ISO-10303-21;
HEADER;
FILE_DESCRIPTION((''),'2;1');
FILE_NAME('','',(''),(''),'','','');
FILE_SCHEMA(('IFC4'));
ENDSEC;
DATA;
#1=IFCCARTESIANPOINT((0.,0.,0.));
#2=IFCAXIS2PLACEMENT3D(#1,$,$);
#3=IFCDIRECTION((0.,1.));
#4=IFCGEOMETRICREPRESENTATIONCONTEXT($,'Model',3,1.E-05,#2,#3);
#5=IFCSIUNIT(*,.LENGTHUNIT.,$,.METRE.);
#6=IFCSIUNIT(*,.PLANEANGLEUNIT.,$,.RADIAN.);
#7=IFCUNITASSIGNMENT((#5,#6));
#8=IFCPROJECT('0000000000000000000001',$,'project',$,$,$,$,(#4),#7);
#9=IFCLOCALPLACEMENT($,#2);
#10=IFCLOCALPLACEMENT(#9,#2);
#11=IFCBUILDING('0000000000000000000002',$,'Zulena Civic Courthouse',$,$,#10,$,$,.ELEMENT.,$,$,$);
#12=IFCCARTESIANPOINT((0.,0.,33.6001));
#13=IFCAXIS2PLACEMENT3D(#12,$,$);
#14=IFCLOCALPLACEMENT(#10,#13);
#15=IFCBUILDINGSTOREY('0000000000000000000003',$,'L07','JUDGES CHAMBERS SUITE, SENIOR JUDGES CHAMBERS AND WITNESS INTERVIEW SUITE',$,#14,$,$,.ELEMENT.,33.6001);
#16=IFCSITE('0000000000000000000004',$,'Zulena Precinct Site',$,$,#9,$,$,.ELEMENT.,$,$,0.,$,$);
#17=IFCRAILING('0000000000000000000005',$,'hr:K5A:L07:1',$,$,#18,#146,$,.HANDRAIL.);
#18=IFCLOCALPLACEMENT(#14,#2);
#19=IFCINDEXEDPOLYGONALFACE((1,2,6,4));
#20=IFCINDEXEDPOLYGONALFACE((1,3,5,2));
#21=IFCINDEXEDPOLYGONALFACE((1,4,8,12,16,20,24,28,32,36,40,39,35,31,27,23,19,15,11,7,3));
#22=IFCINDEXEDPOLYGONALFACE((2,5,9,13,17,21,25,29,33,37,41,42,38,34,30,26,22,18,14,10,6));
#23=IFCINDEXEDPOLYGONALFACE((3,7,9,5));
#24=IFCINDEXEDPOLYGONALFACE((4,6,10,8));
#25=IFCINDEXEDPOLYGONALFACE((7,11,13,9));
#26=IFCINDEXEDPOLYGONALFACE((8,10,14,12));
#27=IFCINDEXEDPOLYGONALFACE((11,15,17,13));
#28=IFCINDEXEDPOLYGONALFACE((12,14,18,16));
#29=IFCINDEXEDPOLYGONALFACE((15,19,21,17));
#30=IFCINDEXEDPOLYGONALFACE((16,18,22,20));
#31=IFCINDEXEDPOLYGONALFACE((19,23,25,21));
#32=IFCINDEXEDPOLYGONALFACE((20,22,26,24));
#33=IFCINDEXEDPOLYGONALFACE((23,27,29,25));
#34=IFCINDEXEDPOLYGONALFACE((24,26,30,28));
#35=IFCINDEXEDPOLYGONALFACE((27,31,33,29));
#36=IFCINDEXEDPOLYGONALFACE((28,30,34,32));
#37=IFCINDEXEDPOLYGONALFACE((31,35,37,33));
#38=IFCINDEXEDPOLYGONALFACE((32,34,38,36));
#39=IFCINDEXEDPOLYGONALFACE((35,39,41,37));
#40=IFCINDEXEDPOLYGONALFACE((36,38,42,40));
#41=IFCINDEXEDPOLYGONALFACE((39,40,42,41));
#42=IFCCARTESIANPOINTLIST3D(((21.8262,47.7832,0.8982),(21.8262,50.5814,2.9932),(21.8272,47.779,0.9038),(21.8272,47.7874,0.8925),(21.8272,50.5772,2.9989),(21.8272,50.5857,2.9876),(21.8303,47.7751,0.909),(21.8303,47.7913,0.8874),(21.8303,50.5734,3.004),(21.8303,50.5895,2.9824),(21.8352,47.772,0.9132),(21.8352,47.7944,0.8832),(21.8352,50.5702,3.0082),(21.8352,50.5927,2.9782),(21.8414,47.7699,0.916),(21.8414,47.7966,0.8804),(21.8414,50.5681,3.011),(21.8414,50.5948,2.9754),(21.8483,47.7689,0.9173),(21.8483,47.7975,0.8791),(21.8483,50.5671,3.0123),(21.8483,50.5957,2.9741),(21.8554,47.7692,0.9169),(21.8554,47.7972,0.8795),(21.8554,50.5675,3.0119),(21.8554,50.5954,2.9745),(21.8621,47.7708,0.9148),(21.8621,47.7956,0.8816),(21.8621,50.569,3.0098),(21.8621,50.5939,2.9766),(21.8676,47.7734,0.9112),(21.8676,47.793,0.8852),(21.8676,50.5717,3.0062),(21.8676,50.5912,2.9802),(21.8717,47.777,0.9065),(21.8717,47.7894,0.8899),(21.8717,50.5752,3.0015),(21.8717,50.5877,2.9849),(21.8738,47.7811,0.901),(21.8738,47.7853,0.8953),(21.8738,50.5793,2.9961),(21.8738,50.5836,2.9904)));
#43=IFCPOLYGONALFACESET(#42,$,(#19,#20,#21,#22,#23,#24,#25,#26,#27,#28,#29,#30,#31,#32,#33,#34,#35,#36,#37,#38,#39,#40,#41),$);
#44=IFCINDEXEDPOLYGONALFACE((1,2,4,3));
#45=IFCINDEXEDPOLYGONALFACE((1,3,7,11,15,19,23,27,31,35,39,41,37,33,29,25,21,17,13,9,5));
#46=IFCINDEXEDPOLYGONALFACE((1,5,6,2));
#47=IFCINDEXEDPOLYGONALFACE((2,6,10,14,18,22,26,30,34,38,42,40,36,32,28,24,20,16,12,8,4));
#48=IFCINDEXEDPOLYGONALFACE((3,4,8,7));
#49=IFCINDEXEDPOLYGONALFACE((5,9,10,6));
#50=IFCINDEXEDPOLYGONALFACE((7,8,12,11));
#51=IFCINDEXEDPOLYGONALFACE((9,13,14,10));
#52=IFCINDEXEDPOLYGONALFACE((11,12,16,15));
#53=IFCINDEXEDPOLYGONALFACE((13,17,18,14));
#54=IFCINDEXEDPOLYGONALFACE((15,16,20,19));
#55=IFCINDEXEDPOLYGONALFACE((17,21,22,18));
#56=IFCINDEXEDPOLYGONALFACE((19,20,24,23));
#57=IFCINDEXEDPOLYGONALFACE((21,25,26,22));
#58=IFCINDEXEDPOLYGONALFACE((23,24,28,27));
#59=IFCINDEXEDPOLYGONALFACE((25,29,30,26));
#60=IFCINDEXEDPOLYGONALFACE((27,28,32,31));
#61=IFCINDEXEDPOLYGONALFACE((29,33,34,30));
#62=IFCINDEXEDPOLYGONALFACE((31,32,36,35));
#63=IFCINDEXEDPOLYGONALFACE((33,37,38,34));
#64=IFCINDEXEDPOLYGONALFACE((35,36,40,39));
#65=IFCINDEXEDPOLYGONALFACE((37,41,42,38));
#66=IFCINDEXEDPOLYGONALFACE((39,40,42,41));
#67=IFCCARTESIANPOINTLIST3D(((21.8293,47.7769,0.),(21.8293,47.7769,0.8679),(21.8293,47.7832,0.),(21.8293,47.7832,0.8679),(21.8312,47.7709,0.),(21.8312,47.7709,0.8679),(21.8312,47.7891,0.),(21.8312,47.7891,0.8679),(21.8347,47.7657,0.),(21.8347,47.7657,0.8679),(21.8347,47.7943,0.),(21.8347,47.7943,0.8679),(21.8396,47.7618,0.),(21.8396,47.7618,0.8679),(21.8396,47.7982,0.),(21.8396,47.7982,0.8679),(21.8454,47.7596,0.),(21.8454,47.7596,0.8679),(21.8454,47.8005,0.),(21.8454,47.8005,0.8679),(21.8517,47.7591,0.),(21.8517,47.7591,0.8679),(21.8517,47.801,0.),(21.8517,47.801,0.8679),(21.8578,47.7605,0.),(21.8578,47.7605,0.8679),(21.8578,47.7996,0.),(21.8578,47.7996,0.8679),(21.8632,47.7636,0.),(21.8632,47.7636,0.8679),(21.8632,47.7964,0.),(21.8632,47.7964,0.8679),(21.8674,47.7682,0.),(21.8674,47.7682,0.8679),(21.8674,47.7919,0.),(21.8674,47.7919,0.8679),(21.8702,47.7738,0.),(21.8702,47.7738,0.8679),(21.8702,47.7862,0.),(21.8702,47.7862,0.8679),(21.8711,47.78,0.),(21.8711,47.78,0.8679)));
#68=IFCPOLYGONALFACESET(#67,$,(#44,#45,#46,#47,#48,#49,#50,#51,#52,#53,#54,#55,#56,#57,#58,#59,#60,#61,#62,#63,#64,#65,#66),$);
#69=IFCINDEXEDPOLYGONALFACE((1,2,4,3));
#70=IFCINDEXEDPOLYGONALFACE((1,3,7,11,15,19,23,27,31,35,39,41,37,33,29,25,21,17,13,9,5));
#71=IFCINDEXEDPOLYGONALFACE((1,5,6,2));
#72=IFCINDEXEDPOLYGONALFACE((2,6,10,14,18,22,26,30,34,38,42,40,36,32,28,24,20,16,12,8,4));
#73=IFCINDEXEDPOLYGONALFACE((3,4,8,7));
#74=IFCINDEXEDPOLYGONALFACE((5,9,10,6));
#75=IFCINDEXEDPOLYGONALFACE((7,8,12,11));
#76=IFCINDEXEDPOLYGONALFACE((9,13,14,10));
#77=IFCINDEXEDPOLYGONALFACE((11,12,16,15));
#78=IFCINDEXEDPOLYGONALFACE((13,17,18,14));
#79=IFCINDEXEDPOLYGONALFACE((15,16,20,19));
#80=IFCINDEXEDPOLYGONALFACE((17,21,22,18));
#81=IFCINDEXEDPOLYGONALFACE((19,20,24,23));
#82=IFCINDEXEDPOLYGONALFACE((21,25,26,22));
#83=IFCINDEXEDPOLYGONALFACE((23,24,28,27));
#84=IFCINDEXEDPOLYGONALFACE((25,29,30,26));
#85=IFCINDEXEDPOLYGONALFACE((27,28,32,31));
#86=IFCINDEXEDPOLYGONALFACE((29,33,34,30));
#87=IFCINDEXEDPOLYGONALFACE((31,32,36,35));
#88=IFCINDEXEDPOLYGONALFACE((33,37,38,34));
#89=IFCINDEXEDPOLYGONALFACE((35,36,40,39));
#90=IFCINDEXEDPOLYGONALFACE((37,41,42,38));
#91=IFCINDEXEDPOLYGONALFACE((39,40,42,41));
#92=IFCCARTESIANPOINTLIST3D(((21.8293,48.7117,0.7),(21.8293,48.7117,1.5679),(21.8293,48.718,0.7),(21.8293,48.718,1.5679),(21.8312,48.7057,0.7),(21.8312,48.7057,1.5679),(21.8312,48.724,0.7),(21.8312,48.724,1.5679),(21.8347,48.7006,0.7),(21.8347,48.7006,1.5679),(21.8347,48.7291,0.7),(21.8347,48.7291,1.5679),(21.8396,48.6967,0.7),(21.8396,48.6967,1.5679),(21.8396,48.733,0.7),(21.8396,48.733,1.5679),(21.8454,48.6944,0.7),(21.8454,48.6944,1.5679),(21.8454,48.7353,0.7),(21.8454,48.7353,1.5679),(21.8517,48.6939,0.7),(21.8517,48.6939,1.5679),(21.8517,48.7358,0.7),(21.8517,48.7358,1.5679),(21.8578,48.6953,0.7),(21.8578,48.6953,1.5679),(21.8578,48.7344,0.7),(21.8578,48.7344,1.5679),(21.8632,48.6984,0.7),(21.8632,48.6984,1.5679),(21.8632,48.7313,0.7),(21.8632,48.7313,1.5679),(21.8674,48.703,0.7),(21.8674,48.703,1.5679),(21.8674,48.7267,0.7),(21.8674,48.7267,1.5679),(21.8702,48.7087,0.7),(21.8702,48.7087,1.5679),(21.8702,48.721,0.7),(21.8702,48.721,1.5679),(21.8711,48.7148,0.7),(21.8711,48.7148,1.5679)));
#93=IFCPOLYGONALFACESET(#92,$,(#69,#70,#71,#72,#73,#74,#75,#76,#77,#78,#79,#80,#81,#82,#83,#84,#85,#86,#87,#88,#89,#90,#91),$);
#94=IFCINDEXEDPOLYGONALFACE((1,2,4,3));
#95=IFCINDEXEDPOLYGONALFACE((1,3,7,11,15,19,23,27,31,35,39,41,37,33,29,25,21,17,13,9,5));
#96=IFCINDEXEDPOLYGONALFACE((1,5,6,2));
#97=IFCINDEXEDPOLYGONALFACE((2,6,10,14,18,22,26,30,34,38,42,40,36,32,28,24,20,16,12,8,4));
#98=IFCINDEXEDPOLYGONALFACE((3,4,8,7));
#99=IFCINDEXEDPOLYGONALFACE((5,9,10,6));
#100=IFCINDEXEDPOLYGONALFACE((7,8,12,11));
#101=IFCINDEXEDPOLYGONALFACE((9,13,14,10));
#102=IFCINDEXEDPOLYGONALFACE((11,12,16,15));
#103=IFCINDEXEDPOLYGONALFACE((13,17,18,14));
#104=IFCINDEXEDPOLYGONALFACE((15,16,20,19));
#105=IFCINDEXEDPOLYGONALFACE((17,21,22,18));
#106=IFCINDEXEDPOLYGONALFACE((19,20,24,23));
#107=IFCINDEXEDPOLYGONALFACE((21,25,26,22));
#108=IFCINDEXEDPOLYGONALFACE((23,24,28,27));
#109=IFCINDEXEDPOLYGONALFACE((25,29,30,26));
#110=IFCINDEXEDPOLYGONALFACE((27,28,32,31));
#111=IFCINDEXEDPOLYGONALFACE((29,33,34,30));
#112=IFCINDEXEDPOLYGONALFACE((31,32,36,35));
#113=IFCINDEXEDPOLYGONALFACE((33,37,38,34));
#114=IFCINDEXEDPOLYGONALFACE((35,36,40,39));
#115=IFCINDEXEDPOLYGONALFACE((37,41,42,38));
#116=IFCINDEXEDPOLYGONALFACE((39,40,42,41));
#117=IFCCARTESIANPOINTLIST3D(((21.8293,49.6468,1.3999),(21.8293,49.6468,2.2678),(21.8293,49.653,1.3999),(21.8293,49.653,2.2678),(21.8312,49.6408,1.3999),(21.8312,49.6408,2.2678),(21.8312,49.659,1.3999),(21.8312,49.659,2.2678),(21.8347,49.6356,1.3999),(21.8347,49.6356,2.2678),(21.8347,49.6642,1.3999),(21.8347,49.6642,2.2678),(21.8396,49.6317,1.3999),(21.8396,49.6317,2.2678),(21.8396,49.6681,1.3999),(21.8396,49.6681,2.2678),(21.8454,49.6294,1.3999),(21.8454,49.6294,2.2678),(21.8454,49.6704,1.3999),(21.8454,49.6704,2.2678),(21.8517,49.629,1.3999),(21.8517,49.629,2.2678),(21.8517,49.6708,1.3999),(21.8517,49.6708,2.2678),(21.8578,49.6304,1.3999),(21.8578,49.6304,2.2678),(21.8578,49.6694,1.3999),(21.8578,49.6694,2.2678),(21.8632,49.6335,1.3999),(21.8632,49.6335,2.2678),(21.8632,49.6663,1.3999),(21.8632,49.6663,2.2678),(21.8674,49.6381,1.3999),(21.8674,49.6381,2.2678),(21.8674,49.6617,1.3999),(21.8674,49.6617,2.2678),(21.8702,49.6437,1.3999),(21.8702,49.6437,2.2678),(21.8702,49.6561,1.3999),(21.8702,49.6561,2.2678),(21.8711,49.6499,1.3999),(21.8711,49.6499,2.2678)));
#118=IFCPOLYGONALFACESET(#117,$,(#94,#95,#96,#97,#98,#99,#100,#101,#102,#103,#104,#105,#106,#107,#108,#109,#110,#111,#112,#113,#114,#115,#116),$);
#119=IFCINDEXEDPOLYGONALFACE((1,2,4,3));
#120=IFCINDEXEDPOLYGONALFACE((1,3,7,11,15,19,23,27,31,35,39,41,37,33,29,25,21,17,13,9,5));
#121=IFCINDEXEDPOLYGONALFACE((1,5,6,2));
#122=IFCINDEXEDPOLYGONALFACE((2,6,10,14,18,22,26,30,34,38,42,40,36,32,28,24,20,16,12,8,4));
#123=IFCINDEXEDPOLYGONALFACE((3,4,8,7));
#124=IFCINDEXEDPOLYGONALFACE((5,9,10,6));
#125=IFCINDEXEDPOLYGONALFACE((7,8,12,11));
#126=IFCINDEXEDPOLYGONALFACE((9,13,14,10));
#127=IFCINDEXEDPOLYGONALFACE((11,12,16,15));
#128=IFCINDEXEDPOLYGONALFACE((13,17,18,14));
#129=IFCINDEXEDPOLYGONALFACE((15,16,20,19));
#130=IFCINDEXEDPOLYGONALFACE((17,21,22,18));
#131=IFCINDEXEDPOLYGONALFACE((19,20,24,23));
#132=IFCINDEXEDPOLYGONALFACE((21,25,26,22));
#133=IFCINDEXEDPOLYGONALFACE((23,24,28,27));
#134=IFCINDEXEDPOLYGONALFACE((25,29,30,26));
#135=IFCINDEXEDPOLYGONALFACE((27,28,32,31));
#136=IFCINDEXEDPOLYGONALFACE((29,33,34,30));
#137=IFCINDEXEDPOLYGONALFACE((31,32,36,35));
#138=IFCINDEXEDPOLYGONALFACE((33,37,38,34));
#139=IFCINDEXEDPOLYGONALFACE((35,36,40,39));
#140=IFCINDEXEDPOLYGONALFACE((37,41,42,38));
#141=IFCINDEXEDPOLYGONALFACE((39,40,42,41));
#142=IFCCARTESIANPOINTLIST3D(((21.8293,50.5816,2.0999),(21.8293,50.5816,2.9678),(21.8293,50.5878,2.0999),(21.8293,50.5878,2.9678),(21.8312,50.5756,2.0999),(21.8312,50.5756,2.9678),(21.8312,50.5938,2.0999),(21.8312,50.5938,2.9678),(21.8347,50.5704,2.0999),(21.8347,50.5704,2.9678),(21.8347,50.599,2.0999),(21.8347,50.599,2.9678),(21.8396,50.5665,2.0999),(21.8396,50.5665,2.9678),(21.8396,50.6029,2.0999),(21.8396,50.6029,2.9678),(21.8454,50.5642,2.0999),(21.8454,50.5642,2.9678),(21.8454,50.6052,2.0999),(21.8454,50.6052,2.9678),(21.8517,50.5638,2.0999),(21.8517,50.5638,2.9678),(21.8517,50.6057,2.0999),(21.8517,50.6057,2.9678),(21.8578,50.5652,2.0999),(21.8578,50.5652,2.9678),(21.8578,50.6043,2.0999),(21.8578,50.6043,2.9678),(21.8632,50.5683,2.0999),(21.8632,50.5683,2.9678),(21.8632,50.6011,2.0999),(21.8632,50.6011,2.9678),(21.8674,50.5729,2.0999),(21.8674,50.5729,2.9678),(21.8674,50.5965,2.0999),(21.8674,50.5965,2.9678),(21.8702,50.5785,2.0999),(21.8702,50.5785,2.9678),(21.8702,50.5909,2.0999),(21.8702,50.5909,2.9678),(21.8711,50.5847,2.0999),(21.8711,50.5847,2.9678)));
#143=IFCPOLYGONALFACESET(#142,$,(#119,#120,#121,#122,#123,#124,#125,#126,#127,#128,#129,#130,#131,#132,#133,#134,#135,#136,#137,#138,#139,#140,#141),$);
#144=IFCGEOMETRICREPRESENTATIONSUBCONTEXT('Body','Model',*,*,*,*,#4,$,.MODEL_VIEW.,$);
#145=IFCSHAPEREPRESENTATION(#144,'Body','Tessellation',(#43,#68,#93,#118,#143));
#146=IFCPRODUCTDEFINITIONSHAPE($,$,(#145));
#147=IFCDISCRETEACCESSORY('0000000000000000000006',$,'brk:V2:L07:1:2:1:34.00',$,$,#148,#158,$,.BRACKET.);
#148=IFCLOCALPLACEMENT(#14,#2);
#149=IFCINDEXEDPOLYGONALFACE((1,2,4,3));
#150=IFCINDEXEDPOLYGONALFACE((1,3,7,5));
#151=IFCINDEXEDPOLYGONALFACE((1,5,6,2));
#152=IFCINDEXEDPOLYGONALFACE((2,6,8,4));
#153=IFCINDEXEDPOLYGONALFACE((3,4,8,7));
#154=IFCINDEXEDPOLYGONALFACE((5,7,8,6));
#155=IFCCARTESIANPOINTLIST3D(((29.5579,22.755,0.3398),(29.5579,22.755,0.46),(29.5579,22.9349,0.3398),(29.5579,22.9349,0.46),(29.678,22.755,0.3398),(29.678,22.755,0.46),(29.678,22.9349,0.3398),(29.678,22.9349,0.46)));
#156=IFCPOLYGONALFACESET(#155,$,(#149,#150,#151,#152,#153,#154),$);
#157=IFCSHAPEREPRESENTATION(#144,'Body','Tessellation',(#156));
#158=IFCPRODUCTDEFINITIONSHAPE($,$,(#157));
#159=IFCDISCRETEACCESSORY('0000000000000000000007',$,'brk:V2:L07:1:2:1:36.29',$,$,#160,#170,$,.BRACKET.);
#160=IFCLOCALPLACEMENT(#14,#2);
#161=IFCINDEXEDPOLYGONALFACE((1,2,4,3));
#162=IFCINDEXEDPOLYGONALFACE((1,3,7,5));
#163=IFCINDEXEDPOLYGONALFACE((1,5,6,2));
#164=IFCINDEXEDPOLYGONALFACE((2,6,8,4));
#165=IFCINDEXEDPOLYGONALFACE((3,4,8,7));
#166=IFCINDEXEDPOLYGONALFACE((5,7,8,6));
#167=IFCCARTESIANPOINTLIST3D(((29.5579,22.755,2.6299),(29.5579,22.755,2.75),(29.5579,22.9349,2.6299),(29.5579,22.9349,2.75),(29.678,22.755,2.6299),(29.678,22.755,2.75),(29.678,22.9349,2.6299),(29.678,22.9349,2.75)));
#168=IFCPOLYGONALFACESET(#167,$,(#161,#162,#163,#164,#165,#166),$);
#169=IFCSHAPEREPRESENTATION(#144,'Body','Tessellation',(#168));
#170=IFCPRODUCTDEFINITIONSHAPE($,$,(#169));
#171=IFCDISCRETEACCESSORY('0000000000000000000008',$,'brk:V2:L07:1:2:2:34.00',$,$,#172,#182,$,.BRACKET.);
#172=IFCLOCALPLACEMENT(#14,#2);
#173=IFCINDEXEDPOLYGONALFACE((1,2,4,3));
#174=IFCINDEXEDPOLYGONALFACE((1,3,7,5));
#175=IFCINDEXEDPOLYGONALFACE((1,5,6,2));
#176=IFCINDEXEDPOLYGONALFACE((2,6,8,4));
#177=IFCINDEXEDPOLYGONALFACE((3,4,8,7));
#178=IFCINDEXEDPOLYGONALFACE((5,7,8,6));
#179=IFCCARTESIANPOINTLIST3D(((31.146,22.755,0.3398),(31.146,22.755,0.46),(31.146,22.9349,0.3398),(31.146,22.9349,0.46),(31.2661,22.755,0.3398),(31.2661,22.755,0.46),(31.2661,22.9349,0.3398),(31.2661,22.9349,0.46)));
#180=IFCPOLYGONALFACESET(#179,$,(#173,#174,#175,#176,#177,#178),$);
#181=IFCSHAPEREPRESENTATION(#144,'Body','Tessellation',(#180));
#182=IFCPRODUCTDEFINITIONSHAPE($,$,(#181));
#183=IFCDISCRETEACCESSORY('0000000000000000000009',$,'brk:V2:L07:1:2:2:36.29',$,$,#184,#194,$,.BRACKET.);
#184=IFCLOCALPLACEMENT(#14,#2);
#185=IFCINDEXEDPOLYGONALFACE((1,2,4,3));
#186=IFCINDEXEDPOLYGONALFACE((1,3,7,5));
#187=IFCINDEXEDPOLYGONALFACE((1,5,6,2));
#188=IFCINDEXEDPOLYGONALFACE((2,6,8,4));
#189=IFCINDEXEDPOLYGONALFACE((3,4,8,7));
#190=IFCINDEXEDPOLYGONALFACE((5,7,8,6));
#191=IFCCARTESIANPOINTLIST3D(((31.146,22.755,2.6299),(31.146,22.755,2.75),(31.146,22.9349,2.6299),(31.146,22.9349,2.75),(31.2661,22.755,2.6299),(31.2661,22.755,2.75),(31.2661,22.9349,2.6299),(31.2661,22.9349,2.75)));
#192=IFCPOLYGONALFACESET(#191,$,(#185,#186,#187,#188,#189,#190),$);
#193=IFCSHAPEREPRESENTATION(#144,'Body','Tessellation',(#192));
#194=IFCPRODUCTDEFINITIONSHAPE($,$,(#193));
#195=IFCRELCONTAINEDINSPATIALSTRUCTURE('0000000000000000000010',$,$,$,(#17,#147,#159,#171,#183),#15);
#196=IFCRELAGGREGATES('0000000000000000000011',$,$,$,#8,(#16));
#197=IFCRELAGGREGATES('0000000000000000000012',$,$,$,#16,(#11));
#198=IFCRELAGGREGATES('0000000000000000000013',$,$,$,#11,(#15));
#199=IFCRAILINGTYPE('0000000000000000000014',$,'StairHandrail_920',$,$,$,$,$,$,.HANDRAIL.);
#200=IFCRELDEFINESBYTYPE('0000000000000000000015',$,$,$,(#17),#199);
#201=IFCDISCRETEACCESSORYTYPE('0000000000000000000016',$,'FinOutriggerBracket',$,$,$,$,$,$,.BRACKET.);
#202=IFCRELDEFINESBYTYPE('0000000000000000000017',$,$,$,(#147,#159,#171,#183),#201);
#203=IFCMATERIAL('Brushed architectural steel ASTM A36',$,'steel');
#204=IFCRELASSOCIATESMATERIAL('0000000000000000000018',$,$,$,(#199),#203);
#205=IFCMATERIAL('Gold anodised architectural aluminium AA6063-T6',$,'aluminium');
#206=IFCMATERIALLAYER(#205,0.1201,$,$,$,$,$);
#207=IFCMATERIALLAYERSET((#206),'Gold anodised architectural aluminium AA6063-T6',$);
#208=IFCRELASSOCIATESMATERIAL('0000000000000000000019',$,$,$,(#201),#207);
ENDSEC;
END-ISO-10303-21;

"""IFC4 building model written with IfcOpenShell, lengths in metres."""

from ifc_helpers import new_model, si_unit, direction, frame, origin, origin_2d, place, context, subcontext, project, spatial, rectangle, circle, extrude, material, layer, layer_set, type_object, element, save


model = new_model("IFC4")

# Units and contexts
model_context = context("Model", 3, precision=1e-05, world=origin(), true_north=direction((0.0, 1.0)))
body_context = subcontext(model_context, "Body", "Model", "MODEL_VIEW")
ifc_project = project(units=[si_unit("LENGTHUNIT", "METRE"), si_unit("PLANEANGLEUNIT", "RADIAN")], contexts=[model_context])

# Site, building, storey
site_placement = place(None, origin())
site = spatial("IfcSite", under=ifc_project, at=site_placement, Name="Zulena Precinct Site", CompositionType="ELEMENT", RefElevation=0.0)
building_placement = place(site_placement, origin())
building = spatial("IfcBuilding", under=site, at=building_placement, Name="Zulena Civic Courthouse", CompositionType="ELEMENT")
storey_placement = place(building_placement, frame((0.0, 0.0, 33.6001)))
storey = spatial("IfcBuildingStorey", under=building, at=storey_placement, Name="L07", Description="JUDGES CHAMBERS SUITE, SENIOR JUDGES CHAMBERS AND WITNESS INTERVIEW SUITE", CompositionType="ELEMENT", Elevation=33.6001)

# Shared definitions
ifc_material_1 = material(Name="Gold anodised architectural aluminium AA6063-T6", Category="aluminium")

# Railing
ifc_material_2 = material(Name="Brushed architectural steel ASTM A36", Category="steel")
railing_type_1 = type_object("IfcRailingType", Name="StairHandrail_920", PredefinedType="HANDRAIL", material=ifc_material_2)
railing_1_placement = place(storey_placement, frame((21.8501, 47.78, 0.0)))
element("IfcRailing", 1, at=railing_1_placement, inside=storey, type_object=railing_type_1, Name="hr:K5A:L07:1", PredefinedType="HANDRAIL", context=body_context, shape_type="SweptSolid", body=[
    extrude(circle(Radius=0.0239, at=origin_2d()), frame((0.0, 0.0032, 0.8982), z_axis=(0.0, 0.800501, 0.599331), x_axis=(-1.0, 0.0, 0.0)), (0.0, 0.0, 1.0), 3.4956),
    extrude(circle(Radius=0.021, at=origin_2d()), origin(), (0.0, 0.0, 1.0), 0.8679),
    extrude(circle(Radius=0.021, at=origin_2d()), frame((0.0, 0.9348, 0.7)), (0.0, 0.0, 1.0), 0.8679),
    extrude(circle(Radius=0.021, at=origin_2d()), frame((0.0, 1.8699, 1.3999)), (0.0, 0.0, 1.0), 0.8679),
    extrude(circle(Radius=0.021, at=origin_2d()), frame((0.0, 2.8047, 2.0999)), (0.0, 0.0, 1.0), 0.8679),
])

# Discrete accessories
ifc_layer_1 = layer(ifc_material_1, 0.1201)
ifc_layer_set_1 = layer_set([ifc_layer_1], Name="Gold anodised architectural aluminium AA6063-T6")
discrete_accessory_type = type_object("IfcDiscreteAccessoryType", Name="FinOutriggerBracket", PredefinedType="BRACKET", material=ifc_layer_set_1)
for number, where, z_axis, x_axis, name in (
    (2, (29.6179, 22.845, 0.3398), (0.0, 0.0, 1.0), (0.0, 1.0, 0.0), "brk:V2:L07:1:2:1:34.00"),
    (3, (29.6179, 22.845, 2.6299), (0.0, 0.0, 1.0), (0.0, 1.0, 0.0), "brk:V2:L07:1:2:1:36.29"),
    (4, (31.2061, 22.845, 0.3398), (0.0, 0.0, 1.0), (0.0, 1.0, 0.0), "brk:V2:L07:1:2:2:34.00"),
    (5, (31.2061, 22.845, 2.6299), (0.0, 0.0, 1.0), (0.0, 1.0, 0.0), "brk:V2:L07:1:2:2:36.29"),
):
    element("IfcDiscreteAccessory", number, at=place(storey_placement, frame(where, z_axis=z_axis, x_axis=x_axis)), inside=storey, type_object=discrete_accessory_type, Name=name, PredefinedType="BRACKET", context=body_context, shape_type="SweptSolid", body=[
        extrude(rectangle(XDim=0.1799, YDim=0.1201, at=origin_2d()), origin(), (0.0, 0.0, 1.0), 0.1201),
    ])

save(model, "model.ifc")
